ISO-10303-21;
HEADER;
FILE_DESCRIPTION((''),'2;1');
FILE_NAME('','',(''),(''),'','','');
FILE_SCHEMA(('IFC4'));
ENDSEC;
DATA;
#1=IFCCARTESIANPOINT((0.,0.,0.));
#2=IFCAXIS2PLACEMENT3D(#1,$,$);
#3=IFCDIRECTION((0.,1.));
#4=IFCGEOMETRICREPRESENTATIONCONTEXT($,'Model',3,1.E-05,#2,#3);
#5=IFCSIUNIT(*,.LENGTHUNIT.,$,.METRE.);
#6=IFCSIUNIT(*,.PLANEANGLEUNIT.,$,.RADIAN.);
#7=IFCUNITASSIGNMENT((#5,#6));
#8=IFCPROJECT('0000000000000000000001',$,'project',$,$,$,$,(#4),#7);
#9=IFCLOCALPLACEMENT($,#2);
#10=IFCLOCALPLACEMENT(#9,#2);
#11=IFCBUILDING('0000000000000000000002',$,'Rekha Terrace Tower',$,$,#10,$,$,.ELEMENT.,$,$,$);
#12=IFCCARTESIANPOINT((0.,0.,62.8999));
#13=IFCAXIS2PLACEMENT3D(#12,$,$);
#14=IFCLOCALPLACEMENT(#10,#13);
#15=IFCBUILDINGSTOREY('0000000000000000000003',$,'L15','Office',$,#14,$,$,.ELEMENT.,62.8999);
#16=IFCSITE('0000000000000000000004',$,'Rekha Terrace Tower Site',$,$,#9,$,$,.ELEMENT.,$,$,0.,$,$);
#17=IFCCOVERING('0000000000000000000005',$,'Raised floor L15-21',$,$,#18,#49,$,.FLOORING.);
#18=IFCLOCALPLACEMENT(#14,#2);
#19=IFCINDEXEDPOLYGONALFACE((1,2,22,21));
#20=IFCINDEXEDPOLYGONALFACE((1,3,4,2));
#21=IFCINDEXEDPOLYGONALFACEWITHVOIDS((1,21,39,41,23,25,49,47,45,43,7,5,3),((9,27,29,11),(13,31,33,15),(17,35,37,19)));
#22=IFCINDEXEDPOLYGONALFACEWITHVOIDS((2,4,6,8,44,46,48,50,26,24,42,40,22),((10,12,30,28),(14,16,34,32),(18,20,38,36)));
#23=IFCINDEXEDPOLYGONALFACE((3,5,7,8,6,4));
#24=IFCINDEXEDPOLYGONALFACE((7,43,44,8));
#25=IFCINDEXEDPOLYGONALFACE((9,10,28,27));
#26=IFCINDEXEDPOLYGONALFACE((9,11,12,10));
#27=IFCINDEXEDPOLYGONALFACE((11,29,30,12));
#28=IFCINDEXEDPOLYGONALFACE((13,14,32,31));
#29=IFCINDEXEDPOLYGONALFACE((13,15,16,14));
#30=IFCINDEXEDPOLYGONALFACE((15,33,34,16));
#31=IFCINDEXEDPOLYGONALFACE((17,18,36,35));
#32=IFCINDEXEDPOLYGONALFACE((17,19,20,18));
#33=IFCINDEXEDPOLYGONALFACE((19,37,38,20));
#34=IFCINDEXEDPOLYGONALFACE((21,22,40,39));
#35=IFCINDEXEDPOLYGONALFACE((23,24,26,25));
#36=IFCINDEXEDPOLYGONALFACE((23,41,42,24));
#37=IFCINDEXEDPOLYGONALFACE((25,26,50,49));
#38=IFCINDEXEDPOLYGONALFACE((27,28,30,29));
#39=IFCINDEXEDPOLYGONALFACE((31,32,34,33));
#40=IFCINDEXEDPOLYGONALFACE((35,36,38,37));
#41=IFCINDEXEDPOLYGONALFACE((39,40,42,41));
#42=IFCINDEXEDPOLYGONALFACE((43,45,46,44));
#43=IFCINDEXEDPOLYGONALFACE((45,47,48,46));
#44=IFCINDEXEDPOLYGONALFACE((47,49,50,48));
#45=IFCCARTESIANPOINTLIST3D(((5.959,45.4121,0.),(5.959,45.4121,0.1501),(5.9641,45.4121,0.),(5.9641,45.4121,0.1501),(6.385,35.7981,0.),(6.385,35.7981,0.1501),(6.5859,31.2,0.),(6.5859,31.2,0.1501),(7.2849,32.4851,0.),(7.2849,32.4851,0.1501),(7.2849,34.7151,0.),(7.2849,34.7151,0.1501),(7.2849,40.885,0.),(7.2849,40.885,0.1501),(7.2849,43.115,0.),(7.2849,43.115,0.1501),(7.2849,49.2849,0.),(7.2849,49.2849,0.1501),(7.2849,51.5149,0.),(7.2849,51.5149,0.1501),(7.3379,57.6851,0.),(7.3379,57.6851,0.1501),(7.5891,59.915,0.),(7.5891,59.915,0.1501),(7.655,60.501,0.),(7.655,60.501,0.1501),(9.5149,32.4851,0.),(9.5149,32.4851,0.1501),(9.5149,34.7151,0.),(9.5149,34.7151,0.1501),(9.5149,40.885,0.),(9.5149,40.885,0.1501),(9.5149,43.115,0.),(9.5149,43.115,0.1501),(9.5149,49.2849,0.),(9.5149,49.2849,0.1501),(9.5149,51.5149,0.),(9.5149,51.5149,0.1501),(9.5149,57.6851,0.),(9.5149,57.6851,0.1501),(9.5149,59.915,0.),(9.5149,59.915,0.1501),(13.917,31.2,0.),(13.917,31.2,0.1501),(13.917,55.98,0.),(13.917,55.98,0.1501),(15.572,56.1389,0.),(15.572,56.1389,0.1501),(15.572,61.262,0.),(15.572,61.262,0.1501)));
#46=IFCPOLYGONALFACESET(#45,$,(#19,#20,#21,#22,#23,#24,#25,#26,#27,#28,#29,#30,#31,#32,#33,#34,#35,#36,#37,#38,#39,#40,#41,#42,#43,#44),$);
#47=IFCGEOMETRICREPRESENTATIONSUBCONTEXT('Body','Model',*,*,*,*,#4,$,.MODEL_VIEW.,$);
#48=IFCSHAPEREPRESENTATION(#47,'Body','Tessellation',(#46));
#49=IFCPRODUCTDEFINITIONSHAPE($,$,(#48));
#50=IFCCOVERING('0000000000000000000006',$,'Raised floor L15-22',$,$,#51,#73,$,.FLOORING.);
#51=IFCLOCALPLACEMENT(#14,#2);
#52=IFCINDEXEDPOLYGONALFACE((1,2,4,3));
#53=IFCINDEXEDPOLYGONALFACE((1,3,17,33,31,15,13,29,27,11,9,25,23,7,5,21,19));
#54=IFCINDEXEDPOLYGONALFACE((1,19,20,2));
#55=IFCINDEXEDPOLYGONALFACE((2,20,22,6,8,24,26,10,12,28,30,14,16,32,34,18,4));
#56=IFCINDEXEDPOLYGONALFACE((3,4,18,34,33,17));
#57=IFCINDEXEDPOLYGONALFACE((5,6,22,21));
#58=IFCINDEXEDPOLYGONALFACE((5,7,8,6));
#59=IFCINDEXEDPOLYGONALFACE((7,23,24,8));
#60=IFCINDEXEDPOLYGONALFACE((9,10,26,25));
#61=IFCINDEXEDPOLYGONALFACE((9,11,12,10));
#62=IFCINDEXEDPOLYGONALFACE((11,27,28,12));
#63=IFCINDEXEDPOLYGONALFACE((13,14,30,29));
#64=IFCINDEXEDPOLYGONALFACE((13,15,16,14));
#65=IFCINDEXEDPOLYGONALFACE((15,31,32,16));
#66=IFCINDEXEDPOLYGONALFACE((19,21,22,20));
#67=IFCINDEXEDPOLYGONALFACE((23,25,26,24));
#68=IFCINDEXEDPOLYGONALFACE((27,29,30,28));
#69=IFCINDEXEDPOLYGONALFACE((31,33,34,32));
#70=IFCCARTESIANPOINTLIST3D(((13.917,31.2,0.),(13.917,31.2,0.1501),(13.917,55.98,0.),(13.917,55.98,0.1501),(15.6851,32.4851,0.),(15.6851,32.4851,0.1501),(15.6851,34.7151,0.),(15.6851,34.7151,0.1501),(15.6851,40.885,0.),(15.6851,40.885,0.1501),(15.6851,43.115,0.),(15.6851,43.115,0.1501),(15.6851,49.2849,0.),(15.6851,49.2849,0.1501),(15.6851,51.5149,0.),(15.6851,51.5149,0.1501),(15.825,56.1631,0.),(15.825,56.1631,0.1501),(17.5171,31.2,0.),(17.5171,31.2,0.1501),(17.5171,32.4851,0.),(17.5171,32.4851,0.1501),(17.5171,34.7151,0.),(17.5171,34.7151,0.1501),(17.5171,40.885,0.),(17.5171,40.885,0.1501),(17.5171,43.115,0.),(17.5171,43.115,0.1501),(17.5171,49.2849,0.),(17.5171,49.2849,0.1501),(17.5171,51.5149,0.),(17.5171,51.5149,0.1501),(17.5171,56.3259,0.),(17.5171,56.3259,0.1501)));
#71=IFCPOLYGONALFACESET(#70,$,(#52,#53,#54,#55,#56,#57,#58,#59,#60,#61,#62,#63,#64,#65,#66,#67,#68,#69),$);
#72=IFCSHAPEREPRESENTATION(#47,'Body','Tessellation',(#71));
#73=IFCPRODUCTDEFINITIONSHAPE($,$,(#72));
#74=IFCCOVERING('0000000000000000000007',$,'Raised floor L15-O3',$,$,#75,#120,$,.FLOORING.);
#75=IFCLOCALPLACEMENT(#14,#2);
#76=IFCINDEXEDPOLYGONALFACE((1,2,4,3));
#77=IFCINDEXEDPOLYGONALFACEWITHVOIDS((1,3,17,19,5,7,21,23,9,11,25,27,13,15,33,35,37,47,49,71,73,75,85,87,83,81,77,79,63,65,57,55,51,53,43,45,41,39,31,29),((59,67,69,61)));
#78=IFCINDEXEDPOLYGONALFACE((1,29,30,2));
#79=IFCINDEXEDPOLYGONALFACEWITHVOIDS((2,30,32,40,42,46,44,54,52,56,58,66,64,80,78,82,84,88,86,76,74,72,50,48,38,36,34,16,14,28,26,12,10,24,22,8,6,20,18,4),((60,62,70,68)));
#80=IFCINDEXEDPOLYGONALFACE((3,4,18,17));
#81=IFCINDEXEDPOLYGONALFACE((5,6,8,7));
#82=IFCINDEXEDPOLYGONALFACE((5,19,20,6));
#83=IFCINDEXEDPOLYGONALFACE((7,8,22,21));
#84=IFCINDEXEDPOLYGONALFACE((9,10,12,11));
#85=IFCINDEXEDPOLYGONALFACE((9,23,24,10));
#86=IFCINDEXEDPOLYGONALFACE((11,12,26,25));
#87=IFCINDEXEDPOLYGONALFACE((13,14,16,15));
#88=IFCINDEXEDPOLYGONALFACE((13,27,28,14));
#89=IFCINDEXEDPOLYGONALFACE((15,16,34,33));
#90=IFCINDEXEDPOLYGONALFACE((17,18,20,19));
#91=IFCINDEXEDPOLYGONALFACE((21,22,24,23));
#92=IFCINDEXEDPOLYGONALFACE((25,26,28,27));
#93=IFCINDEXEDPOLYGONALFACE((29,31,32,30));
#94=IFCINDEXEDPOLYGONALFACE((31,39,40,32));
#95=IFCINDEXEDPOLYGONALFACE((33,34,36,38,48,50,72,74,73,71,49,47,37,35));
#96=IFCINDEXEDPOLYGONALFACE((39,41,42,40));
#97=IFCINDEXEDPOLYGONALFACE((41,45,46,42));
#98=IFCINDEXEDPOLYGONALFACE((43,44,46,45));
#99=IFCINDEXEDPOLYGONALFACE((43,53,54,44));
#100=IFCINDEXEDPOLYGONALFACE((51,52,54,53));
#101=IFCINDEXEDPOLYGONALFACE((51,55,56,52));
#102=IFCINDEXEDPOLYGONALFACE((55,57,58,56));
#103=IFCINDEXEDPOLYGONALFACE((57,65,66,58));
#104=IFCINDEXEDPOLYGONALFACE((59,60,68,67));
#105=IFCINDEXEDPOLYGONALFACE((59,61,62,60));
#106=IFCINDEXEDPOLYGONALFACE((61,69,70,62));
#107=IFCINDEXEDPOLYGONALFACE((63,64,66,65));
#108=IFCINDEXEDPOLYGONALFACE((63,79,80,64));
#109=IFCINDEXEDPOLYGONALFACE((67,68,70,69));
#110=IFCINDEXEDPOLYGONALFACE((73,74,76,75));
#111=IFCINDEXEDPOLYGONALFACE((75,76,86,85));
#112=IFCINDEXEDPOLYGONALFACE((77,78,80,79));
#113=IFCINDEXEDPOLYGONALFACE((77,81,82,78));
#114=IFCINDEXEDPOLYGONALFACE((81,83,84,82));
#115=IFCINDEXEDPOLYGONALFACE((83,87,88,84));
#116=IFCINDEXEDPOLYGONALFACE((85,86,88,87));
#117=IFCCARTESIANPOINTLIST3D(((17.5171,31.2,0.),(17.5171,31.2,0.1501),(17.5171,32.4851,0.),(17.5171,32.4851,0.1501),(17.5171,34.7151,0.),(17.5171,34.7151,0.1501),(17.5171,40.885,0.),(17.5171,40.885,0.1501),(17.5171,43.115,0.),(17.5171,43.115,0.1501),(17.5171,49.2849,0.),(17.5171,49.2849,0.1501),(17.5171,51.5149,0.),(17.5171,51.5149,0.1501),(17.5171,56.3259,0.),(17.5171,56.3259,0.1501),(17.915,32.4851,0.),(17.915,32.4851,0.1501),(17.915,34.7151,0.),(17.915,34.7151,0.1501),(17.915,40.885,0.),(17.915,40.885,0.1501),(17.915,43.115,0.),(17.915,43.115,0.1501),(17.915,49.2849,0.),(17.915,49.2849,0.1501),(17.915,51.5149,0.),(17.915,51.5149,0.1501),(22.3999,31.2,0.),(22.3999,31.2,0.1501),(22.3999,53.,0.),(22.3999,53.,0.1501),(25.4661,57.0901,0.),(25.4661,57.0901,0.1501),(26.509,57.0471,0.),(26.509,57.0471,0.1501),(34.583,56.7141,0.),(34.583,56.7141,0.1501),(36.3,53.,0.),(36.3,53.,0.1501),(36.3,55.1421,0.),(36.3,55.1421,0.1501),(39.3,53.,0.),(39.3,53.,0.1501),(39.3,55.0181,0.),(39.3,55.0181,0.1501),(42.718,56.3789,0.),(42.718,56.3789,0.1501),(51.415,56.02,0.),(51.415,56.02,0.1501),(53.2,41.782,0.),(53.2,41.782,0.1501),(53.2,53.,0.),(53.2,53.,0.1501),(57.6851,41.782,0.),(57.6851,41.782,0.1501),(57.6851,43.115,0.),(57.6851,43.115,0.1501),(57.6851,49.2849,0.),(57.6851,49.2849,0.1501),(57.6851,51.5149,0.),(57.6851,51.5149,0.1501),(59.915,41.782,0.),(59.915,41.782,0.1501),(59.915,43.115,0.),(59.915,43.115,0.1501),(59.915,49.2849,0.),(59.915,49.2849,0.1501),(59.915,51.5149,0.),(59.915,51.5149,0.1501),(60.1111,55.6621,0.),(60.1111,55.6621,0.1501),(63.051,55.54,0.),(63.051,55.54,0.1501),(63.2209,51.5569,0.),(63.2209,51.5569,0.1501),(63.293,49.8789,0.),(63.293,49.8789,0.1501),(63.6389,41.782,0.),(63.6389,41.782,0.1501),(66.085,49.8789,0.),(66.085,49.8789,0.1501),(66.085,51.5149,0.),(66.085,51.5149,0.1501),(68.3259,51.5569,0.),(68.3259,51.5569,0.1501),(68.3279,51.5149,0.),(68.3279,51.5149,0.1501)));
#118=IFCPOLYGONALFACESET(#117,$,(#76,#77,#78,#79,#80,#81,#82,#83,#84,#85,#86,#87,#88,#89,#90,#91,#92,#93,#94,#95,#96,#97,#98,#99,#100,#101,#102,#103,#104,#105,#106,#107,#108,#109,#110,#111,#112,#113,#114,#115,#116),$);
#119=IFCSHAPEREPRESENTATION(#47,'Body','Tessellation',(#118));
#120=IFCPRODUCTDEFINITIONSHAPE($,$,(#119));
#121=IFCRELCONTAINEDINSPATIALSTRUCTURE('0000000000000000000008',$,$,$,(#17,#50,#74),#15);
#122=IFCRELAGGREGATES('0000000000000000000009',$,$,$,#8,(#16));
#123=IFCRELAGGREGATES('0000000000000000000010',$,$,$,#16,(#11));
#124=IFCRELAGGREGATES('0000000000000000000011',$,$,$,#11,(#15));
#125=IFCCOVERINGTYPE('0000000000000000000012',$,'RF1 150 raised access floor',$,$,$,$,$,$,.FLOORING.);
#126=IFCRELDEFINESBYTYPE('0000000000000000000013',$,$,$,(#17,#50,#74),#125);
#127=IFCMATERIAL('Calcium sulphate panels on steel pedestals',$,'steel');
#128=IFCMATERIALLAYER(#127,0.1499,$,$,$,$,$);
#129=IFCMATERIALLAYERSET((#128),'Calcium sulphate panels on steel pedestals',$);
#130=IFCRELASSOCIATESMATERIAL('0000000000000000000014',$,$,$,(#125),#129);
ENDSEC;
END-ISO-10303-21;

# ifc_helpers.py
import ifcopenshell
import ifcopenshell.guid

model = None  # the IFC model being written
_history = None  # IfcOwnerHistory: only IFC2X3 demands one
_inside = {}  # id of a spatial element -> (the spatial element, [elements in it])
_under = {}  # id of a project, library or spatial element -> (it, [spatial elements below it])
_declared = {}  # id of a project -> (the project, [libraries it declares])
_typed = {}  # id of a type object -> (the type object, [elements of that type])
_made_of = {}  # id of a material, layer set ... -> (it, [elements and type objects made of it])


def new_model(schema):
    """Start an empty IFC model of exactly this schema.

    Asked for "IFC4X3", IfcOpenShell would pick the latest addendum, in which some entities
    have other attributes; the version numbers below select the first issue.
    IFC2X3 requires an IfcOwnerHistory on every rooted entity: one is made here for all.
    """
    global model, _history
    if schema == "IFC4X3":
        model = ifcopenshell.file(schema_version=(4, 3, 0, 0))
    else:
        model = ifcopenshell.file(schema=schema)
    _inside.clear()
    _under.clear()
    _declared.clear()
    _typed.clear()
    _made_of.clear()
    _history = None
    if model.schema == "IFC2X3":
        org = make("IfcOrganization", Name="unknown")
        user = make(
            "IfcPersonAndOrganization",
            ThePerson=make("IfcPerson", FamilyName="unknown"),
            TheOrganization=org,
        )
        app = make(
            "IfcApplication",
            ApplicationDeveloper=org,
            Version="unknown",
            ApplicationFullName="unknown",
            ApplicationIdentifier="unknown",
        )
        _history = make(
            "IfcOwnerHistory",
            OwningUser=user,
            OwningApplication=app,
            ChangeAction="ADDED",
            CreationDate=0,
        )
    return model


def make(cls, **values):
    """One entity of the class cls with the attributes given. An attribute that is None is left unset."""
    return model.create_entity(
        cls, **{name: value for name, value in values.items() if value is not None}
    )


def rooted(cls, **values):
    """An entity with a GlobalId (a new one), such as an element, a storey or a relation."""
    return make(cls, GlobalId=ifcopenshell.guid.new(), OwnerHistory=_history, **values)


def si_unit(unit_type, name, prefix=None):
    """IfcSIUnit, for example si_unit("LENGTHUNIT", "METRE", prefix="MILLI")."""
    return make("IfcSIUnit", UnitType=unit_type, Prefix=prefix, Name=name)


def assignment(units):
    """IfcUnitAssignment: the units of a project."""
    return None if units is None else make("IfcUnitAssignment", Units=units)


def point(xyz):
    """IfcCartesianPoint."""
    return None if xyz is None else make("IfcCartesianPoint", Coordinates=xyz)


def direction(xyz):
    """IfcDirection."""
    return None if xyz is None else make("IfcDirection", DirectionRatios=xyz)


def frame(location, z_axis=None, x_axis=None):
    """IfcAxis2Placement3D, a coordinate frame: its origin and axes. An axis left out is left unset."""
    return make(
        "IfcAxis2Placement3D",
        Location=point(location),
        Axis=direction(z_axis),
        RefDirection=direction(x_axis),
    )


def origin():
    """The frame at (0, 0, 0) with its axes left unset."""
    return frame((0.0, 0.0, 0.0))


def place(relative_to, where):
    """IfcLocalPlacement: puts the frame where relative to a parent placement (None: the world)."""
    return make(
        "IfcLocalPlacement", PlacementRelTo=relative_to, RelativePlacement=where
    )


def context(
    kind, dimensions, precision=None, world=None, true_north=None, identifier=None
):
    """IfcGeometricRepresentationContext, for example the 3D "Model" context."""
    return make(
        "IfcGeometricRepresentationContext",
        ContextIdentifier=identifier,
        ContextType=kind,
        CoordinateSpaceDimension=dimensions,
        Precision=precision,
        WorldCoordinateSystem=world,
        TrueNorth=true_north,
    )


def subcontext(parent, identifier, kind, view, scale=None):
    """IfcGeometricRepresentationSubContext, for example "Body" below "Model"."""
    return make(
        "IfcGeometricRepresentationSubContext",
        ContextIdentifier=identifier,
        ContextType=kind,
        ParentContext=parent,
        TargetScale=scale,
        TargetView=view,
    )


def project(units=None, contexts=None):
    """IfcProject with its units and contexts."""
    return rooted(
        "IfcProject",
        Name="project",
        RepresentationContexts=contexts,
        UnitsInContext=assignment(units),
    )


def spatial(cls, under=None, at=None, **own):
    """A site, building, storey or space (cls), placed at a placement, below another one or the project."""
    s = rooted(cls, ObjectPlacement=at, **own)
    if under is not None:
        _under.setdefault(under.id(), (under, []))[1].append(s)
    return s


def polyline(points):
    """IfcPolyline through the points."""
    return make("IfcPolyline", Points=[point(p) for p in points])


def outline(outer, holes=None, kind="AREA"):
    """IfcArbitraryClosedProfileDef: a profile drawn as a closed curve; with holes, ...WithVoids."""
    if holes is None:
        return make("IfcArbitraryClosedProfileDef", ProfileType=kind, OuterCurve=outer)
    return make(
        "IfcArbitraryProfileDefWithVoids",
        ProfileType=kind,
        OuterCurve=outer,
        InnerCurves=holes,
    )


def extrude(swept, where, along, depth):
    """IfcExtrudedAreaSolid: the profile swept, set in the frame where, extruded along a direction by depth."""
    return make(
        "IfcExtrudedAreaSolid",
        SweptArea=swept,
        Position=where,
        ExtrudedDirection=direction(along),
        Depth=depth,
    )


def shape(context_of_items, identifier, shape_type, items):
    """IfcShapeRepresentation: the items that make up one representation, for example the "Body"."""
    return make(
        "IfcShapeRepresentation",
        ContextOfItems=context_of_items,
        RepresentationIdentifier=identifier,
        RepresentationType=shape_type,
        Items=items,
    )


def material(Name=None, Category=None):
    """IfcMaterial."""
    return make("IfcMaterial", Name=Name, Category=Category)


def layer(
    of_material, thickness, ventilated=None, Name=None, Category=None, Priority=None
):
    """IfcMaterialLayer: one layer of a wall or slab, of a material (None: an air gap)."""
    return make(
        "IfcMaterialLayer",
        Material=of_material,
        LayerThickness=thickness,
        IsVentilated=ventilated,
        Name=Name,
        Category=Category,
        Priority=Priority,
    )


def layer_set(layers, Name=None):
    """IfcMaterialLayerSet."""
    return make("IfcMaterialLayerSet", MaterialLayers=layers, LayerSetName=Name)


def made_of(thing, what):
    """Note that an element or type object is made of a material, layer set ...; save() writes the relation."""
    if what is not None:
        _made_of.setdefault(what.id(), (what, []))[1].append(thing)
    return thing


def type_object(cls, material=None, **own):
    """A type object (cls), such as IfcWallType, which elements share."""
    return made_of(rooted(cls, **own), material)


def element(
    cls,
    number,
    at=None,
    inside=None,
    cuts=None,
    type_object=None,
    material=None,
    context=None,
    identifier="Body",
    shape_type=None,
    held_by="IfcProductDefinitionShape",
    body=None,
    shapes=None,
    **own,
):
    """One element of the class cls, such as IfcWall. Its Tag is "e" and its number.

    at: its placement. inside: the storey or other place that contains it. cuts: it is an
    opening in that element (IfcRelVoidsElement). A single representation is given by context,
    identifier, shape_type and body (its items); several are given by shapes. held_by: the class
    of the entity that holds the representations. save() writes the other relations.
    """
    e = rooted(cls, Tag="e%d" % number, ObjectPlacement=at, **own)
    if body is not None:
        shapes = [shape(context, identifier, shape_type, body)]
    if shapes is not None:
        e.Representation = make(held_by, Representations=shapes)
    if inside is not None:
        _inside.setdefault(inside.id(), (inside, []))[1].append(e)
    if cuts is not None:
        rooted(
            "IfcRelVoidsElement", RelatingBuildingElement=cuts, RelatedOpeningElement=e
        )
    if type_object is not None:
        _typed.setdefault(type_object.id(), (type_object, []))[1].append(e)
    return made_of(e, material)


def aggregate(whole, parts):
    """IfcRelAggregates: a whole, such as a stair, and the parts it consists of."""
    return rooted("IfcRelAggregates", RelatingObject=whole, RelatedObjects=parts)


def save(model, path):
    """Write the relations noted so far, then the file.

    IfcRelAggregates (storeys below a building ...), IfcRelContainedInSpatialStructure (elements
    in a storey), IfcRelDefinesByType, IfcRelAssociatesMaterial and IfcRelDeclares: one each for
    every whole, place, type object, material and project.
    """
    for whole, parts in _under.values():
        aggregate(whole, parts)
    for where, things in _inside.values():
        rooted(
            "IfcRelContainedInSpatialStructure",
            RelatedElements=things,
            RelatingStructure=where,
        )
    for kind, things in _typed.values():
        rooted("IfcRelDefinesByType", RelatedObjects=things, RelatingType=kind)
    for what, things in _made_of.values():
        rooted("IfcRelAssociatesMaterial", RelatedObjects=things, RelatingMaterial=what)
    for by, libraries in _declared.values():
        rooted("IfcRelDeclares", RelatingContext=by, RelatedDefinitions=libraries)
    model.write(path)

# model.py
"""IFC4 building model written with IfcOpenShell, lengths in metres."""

from ifc_helpers import new_model, si_unit, direction, frame, origin, place, context, subcontext, project, spatial, polyline, outline, extrude, material, layer, layer_set, type_object, element, save


model = new_model("IFC4")

# Units and contexts
model_context = context("Model", 3, precision=1e-05, world=origin(), true_north=direction((0.0, 1.0)))
body_context = subcontext(model_context, "Body", "Model", "MODEL_VIEW")
ifc_project = project(units=[si_unit("LENGTHUNIT", "METRE"), si_unit("PLANEANGLEUNIT", "RADIAN")], contexts=[model_context])

# Site, building, storey
site_placement = place(None, origin())
site = spatial("IfcSite", under=ifc_project, at=site_placement, Name="Rekha Terrace Tower Site", CompositionType="ELEMENT", RefElevation=0.0)
building_placement = place(site_placement, origin())
building = spatial("IfcBuilding", under=site, at=building_placement, Name="Rekha Terrace Tower", CompositionType="ELEMENT")
storey_placement = place(building_placement, frame((0.0, 0.0, 62.8999)))
storey = spatial("IfcBuildingStorey", under=building, at=storey_placement, Name="L15", Description="Office", CompositionType="ELEMENT", Elevation=62.8999)

# Coverings
ifc_material_1 = material(Name="Calcium sulphate panels on steel pedestals", Category="steel")
ifc_layer_1 = layer(ifc_material_1, 0.1499)
ifc_layer_set_1 = layer_set([ifc_layer_1], Name="Calcium sulphate panels on steel pedestals")
covering_type_1 = type_object("IfcCoveringType", Name="RF1 150 raised access floor", PredefinedType="FLOORING", material=ifc_layer_set_1)
covering_1_placement = place(storey_placement, origin())
element("IfcCovering", 1, at=covering_1_placement, inside=storey, type_object=covering_type_1, Name="Raised floor L15-21", PredefinedType="FLOORING", context=body_context, shape_type="SweptSolid", body=[
    extrude(outline(polyline([(7.3379, 57.6851), (5.959, 45.4121), (5.9641, 45.4121), (6.385, 35.7981), (6.5859, 31.2), (13.917, 31.2), (13.917, 55.98), (15.572, 56.1389), (15.572, 61.262), (7.655, 60.501), (7.5891, 59.915), (9.5149, 59.915), (9.5149, 57.6851), (7.3379, 57.6851)]), holes=[polyline([(9.5149, 32.4851), (7.2849, 32.4851), (7.2849, 34.7151), (9.5149, 34.7151), (9.5149, 32.4851)]), polyline([(9.5149, 40.885), (7.2849, 40.885), (7.2849, 43.115), (9.5149, 43.115), (9.5149, 40.885)]), polyline([(9.5149, 51.5149), (9.5149, 49.2849), (7.2849, 49.2849), (7.2849, 51.5149), (9.5149, 51.5149)])]), origin(), (0.0, 0.0, 1.0), 0.1501),
])
covering_2_placement = place(storey_placement, origin())
element("IfcCovering", 2, at=covering_2_placement, inside=storey, type_object=covering_type_1, Name="Raised floor L15-22", PredefinedType="FLOORING", context=body_context, shape_type="SweptSolid", body=[
    extrude(outline(polyline([(17.5171, 56.3259), (15.825, 56.1631), (13.917, 55.98), (13.917, 31.2), (17.5171, 31.2), (17.5171, 32.4851), (15.6851, 32.4851), (15.6851, 34.7151), (17.5171, 34.7151), (17.5171, 40.885), (15.6851, 40.885), (15.6851, 43.115), (17.5171, 43.115), (17.5171, 49.2849), (15.6851, 49.2849), (15.6851, 51.5149), (17.5171, 51.5149), (17.5171, 56.3259)])), origin(), (0.0, 0.0, 1.0), 0.1501),
])
covering_3_placement = place(storey_placement, origin())
element("IfcCovering", 3, at=covering_3_placement, inside=storey, type_object=covering_type_1, Name="Raised floor L15-O3", PredefinedType="FLOORING", context=body_context, shape_type="SweptSolid", body=[
    extrude(outline(polyline([(34.583, 56.7141), (26.509, 57.0471), (25.4661, 57.0901), (17.5171, 56.3259), (17.5171, 51.5149), (17.915, 51.5149), (17.915, 49.2849), (17.5171, 49.2849), (17.5171, 43.115), (17.915, 43.115), (17.915, 40.885), (17.5171, 40.885), (17.5171, 34.7151), (17.915, 34.7151), (17.915, 32.4851), (17.5171, 32.4851), (17.5171, 31.2), (22.3999, 31.2), (22.3999, 53.0), (36.3, 53.0), (36.3, 55.1421), (39.3, 55.0181), (39.3, 53.0), (53.2, 53.0), (53.2, 41.782), (57.6851, 41.782), (57.6851, 43.115), (59.915, 43.115), (59.915, 41.782), (63.6389, 41.782), (63.293, 49.8789), (66.085, 49.8789), (66.085, 51.5149), (68.3279, 51.5149), (68.3259, 51.5569), (63.2209, 51.5569), (63.051, 55.54), (60.1111, 55.6621), (51.415, 56.02), (42.718, 56.3789), (34.583, 56.7141)]), holes=[polyline([(59.915, 49.2849), (57.6851, 49.2849), (57.6851, 51.5149), (59.915, 51.5149), (59.915, 49.2849)])]), origin(), (0.0, 0.0, 1.0), 0.1501),
])

save(model, "model.ifc")
